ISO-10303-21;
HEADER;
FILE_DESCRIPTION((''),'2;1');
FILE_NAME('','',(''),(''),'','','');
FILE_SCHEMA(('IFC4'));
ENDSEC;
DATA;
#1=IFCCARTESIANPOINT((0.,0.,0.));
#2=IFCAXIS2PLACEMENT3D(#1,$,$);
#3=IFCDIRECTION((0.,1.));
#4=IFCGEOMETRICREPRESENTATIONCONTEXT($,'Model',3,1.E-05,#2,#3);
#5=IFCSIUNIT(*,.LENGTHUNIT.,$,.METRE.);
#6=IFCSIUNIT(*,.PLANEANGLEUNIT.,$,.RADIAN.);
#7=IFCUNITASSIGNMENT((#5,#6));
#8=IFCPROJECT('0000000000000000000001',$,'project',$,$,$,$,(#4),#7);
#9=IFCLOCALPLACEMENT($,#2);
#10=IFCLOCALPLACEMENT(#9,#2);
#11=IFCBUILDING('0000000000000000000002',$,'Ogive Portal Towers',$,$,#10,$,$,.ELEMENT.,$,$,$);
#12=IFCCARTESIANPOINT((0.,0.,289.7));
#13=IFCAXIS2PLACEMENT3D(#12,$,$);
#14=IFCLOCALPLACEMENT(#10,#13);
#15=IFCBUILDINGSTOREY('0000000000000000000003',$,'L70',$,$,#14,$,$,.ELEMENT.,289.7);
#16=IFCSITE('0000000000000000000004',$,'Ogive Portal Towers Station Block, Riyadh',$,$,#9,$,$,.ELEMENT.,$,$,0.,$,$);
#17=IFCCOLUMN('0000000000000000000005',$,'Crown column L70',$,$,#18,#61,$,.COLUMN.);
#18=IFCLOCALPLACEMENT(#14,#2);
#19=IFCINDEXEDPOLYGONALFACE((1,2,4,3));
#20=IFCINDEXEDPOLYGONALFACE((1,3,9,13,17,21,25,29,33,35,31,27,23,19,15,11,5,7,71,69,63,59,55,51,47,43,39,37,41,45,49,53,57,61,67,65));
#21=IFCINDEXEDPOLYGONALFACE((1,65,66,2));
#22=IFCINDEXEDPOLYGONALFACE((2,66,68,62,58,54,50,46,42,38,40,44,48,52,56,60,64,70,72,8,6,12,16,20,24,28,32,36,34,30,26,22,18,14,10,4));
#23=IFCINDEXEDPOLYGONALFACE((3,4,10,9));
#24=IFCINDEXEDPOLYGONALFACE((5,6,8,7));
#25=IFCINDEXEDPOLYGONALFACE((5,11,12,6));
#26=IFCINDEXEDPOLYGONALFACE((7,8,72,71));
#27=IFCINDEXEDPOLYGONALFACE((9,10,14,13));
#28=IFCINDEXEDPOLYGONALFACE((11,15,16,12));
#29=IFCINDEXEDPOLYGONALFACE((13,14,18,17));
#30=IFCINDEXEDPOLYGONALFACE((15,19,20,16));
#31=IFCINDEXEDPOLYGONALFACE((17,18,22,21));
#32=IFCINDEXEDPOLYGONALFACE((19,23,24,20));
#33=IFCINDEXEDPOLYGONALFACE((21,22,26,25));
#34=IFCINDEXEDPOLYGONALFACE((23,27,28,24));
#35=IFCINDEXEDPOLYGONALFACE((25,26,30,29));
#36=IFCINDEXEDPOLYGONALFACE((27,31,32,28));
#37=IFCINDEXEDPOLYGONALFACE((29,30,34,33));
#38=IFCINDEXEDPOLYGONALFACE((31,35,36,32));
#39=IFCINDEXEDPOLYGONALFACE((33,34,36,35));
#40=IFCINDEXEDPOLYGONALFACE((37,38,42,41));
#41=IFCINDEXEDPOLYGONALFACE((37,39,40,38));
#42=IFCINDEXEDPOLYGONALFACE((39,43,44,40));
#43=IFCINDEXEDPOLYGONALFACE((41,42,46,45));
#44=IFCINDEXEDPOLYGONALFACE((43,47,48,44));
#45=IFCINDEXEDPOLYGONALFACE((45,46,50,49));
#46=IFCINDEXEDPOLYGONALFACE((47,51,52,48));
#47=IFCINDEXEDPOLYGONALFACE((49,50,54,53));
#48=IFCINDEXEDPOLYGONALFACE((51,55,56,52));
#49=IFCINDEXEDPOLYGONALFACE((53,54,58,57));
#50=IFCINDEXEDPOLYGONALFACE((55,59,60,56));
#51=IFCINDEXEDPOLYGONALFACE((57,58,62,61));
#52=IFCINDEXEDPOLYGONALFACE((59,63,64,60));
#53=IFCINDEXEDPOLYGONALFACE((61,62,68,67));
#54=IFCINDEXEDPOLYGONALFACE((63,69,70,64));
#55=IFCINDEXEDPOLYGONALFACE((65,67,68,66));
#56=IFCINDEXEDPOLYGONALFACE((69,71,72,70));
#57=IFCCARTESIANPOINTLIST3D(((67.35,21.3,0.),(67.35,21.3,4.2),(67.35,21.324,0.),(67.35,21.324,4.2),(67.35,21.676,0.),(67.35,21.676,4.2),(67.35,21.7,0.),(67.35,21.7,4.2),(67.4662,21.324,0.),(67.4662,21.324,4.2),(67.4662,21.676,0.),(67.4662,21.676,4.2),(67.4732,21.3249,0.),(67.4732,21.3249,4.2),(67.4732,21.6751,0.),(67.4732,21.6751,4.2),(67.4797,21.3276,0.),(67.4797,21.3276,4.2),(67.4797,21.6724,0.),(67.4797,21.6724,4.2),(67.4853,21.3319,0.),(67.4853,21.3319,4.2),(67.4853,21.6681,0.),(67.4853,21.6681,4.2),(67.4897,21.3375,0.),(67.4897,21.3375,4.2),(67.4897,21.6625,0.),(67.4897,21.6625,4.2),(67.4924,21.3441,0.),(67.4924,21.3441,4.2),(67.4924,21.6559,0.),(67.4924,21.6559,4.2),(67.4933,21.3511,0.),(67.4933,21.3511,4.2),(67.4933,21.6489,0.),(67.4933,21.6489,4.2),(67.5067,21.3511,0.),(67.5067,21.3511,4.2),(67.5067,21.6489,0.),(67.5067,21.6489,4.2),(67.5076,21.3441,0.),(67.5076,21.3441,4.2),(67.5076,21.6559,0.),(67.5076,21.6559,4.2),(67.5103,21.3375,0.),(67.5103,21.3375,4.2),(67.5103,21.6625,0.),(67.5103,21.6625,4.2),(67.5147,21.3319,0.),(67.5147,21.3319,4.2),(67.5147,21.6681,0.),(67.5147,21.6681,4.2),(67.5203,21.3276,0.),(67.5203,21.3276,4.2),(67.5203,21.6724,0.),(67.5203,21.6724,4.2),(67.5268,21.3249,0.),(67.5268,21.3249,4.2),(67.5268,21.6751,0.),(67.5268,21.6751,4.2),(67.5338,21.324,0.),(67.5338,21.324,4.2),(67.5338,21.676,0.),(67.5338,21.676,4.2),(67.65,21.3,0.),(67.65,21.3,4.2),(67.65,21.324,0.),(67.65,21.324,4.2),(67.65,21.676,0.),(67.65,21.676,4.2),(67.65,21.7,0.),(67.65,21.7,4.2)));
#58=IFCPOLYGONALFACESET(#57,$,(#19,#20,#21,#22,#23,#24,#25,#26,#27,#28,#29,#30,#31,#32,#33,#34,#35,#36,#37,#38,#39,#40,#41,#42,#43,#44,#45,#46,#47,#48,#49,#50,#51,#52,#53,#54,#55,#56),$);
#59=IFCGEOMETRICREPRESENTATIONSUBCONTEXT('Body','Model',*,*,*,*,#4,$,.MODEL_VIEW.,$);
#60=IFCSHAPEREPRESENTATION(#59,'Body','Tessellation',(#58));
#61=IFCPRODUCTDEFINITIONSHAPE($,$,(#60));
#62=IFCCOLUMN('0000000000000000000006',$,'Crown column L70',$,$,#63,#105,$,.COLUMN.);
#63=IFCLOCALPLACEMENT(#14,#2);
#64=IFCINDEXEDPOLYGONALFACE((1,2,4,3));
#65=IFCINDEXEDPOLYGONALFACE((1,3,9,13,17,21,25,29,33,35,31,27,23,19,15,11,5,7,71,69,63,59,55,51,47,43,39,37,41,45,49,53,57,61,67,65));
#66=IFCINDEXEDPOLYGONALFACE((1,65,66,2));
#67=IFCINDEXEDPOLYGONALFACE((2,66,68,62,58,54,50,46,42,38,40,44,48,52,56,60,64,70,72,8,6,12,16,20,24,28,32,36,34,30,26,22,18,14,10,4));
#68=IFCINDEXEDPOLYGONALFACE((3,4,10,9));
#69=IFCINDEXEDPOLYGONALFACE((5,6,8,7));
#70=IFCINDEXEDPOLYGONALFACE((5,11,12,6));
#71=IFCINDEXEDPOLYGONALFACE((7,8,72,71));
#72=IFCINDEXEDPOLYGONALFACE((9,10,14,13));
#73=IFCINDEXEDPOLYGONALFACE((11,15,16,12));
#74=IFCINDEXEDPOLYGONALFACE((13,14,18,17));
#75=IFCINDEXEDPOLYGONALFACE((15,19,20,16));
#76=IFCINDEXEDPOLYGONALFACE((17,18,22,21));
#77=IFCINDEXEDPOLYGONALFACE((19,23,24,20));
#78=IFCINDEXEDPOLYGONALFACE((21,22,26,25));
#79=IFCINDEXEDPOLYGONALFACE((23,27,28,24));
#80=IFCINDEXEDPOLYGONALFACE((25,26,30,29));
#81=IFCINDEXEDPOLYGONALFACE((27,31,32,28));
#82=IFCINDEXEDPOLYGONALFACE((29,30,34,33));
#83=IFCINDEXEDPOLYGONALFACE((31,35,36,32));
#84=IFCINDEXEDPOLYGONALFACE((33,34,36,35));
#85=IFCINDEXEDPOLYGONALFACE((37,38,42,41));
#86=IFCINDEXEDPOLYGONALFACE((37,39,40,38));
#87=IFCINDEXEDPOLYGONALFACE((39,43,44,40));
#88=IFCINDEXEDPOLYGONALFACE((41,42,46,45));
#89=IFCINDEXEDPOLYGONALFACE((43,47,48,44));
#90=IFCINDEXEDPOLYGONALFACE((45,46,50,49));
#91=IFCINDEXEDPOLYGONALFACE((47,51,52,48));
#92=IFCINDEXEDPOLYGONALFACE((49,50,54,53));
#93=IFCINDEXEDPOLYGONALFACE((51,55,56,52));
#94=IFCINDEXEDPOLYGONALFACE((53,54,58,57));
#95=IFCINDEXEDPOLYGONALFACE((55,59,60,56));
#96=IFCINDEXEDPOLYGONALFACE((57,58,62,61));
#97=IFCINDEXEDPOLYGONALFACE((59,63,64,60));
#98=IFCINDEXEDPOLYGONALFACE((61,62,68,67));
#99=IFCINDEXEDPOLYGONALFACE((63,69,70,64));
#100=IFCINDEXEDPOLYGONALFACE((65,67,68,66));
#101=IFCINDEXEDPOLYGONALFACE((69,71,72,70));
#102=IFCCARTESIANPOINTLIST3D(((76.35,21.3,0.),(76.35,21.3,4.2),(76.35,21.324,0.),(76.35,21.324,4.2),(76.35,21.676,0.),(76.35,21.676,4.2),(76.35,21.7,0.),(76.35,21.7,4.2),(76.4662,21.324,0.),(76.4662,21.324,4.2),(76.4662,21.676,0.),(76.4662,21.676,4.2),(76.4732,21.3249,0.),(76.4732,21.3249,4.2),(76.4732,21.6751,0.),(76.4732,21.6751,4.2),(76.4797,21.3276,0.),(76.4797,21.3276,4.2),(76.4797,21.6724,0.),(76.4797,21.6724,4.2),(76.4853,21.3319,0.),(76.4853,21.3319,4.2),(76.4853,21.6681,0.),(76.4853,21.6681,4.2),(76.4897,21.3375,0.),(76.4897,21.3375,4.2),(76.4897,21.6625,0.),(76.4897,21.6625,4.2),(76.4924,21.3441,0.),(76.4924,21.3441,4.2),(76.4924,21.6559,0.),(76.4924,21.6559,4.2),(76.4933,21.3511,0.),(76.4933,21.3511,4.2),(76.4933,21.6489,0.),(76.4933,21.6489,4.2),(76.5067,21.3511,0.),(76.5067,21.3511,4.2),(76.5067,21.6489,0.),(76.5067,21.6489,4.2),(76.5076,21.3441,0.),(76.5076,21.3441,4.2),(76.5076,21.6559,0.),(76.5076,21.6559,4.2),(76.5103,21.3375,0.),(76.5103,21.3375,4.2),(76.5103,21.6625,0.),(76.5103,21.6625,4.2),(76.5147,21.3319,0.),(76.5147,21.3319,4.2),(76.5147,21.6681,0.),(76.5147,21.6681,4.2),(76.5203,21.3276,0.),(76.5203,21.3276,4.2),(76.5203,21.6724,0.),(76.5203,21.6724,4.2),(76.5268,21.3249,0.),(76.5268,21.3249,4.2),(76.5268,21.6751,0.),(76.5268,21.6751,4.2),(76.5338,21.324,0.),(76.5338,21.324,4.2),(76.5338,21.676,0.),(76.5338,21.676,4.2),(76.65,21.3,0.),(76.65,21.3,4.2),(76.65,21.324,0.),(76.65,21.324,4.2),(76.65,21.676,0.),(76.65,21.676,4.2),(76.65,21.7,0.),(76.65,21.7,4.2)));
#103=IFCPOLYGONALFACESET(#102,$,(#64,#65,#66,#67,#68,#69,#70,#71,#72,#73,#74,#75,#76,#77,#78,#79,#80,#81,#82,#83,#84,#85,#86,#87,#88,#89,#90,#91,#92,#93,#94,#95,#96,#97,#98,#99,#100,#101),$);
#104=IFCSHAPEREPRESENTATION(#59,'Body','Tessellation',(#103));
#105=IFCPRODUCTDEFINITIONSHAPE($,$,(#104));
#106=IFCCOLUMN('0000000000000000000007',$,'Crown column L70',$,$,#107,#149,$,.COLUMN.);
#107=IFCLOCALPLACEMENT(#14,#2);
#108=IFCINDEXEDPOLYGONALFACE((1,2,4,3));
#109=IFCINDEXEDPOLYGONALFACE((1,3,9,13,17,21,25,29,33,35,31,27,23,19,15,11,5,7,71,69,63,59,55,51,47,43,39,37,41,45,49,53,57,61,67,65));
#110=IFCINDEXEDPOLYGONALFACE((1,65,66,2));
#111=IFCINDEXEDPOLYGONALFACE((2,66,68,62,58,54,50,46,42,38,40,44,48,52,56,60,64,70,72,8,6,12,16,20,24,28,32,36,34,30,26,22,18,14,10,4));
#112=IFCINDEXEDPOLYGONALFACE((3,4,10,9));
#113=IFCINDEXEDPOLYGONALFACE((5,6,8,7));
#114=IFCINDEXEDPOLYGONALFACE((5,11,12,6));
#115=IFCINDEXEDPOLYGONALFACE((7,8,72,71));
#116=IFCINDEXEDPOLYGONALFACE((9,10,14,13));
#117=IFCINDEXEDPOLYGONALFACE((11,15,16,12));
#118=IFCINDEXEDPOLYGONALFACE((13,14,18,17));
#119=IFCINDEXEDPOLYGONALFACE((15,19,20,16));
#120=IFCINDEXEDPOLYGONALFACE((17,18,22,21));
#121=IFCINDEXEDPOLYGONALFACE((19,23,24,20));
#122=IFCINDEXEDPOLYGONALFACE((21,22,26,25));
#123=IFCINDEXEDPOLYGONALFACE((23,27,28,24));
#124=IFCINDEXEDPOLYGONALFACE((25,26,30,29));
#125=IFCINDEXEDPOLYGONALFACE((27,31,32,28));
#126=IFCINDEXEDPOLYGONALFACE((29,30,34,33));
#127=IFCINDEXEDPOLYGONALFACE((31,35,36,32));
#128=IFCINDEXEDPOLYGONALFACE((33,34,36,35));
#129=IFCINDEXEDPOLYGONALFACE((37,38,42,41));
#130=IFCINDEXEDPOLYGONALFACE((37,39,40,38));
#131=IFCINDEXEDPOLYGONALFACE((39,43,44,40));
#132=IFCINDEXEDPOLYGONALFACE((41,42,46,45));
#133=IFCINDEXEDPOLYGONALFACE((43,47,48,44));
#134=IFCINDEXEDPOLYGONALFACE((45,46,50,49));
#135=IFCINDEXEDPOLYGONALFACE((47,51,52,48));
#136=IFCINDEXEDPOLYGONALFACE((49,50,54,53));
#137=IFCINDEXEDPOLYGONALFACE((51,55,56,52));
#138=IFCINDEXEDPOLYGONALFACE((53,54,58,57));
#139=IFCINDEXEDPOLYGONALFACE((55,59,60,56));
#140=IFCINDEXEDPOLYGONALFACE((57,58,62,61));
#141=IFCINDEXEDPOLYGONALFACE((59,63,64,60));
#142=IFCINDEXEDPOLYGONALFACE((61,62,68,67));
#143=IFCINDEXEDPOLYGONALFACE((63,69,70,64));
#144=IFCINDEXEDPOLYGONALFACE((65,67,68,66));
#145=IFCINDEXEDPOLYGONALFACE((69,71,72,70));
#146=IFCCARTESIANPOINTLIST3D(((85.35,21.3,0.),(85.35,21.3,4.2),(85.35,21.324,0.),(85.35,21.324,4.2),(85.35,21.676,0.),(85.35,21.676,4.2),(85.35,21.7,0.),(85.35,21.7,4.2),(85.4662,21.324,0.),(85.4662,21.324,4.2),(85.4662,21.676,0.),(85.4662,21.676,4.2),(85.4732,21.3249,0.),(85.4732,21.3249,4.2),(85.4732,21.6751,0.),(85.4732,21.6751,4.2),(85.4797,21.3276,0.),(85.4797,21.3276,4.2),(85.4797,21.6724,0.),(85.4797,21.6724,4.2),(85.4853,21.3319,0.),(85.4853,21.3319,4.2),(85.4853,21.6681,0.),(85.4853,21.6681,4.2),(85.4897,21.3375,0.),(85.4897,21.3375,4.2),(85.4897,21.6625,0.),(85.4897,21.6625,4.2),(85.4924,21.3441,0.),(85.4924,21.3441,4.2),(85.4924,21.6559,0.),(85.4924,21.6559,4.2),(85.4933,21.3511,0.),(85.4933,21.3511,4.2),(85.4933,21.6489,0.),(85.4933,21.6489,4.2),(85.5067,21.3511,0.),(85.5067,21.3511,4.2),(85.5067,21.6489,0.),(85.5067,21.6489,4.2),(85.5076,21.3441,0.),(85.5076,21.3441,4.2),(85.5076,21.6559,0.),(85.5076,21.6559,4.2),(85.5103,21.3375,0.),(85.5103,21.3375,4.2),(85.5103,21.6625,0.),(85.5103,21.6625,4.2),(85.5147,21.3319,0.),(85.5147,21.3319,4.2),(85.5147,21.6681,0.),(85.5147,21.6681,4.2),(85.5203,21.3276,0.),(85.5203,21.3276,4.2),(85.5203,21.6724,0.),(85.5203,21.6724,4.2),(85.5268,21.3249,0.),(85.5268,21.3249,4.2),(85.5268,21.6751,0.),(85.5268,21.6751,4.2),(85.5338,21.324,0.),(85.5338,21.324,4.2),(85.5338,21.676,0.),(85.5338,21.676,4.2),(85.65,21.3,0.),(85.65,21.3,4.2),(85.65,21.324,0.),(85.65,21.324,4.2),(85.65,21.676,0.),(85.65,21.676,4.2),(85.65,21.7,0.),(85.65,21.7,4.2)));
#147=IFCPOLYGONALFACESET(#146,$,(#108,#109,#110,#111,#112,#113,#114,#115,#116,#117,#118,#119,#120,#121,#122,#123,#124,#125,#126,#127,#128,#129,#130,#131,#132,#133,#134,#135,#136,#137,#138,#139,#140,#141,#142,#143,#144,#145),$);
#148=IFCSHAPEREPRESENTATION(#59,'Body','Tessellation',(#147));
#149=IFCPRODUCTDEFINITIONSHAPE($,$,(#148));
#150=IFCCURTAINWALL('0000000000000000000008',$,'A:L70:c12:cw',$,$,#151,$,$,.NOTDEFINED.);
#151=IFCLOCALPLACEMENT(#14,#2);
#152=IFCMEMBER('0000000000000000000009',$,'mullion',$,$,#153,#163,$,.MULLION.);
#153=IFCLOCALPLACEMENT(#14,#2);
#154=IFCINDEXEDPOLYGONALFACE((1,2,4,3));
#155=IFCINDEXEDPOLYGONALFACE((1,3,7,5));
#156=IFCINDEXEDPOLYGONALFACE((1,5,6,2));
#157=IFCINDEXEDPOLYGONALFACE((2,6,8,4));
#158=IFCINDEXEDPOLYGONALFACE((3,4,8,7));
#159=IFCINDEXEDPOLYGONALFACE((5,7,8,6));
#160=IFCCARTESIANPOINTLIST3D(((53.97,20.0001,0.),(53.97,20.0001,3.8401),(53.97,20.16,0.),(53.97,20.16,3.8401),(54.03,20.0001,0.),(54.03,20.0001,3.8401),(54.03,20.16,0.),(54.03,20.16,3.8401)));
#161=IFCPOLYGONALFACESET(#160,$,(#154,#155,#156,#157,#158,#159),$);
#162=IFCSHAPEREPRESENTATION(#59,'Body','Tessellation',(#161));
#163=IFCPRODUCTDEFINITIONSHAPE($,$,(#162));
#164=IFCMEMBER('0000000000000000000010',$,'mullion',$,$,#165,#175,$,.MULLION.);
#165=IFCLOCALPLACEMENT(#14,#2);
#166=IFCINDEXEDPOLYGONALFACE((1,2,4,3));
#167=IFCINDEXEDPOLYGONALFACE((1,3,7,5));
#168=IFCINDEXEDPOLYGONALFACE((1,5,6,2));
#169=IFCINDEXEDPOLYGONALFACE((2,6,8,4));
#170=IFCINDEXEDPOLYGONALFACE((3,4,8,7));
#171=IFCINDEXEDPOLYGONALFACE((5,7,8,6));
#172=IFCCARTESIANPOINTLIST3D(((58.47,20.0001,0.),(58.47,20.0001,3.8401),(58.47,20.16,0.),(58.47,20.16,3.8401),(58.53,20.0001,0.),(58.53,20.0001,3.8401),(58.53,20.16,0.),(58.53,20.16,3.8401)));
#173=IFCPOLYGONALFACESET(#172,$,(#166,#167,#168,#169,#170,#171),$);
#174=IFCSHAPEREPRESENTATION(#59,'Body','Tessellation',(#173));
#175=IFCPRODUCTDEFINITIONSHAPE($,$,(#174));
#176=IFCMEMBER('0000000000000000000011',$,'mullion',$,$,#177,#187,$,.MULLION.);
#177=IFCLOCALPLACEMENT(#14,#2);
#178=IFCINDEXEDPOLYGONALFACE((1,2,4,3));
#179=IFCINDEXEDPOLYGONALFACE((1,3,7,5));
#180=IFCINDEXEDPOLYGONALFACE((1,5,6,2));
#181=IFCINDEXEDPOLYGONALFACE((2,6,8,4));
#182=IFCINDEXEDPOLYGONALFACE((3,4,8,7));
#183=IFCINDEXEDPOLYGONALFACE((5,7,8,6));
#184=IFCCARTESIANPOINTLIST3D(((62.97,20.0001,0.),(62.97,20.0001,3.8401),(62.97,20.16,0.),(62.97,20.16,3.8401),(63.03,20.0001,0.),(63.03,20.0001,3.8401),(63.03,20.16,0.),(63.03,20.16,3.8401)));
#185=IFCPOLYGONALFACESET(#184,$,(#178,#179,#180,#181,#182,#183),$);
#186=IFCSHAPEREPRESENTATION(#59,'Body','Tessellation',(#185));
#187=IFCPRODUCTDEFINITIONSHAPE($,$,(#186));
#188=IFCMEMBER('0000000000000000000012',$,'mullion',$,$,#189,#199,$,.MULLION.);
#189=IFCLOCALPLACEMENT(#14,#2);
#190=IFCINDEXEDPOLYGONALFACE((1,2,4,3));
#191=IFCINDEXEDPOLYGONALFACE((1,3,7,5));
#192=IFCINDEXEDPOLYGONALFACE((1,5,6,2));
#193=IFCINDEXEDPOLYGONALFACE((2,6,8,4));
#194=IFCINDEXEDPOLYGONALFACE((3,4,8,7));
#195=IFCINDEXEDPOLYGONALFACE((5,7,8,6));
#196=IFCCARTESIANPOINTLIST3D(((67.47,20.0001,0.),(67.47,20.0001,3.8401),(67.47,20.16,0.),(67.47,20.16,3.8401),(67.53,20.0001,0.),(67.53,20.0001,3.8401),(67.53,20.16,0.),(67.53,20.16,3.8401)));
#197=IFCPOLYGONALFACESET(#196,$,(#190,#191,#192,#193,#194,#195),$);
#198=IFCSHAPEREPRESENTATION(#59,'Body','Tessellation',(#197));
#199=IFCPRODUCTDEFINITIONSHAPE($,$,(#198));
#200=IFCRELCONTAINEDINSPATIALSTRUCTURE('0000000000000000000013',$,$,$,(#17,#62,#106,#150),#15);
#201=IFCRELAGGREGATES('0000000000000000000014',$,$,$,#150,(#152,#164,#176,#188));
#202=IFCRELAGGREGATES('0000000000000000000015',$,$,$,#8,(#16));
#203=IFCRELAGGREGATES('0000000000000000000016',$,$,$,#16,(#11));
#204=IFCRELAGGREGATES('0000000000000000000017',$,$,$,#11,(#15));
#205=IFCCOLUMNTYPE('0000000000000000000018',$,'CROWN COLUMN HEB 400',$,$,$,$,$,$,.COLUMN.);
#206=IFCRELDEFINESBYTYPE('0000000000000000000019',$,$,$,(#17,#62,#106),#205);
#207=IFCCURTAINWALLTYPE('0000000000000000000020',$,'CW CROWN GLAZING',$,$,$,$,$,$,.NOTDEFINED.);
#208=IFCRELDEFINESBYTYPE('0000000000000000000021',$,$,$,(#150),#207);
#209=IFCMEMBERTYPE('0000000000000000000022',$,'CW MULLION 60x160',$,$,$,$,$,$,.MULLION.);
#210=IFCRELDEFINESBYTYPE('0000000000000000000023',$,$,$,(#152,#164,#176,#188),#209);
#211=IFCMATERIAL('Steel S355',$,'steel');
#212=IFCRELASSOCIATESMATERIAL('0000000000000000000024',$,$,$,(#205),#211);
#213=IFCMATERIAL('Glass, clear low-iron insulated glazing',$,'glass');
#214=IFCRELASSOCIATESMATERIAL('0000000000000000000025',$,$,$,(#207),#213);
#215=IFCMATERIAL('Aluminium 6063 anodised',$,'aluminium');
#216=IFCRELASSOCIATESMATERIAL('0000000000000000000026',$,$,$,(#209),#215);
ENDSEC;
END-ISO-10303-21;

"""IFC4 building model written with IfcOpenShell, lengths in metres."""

from ifc_helpers import new_model, si_unit, direction, frame, origin, origin_2d, place, context, subcontext, project, spatial, rectangle, i_section, extrude, material, material_profile, profile_set, type_object, element, aggregate, save


model = new_model("IFC4")

# Units and contexts
model_context = context("Model", 3, precision=1e-05, world=origin(), true_north=direction((0.0, 1.0)))
body_context = subcontext(model_context, "Body", "Model", "MODEL_VIEW")
ifc_project = project(units=[si_unit("LENGTHUNIT", "METRE"), si_unit("PLANEANGLEUNIT", "RADIAN")], contexts=[model_context])

# Site, building, storey
site_placement = place(None, origin())
site = spatial("IfcSite", under=ifc_project, at=site_placement, Name="Ogive Portal Towers Station Block, Riyadh", CompositionType="ELEMENT", RefElevation=0.0)
building_placement = place(site_placement, origin())
building = spatial("IfcBuilding", under=site, at=building_placement, Name="Ogive Portal Towers", CompositionType="ELEMENT")
storey_placement = place(building_placement, frame((0.0, 0.0, 289.7)))
storey = spatial("IfcBuildingStorey", under=building, at=storey_placement, Name="L70", CompositionType="ELEMENT", Elevation=289.7)

# Columns
ifc_material_1 = material(Name="Steel S355", Category="steel")
ifc_material_profile_1 = material_profile(ifc_material_1, i_section(OverallWidth=0.3, OverallDepth=0.3999, WebThickness=0.0134, FlangeThickness=0.0239, FilletRadius=0.0271, at=origin_2d()), Name="HEB 400")
ifc_profile_set_1 = profile_set([ifc_material_profile_1], Name="Steel S355")
column_type = type_object("IfcColumnType", Name="CROWN COLUMN HEB 400", PredefinedType="COLUMN", material=ifc_profile_set_1)
for number, where, z_axis, x_axis, name in (
    (1, (67.5, 21.5, 0.0), (0.0, 0.0, 1.0), (1.0, 0.0, 0.0), "Crown column L70"),
    (2, (76.5, 21.5, 0.0), (0.0, 0.0, 1.0), (1.0, 0.0, 0.0), "Crown column L70"),
    (3, (85.5, 21.5, 0.0), (0.0, 0.0, 1.0), (1.0, 0.0, 0.0), "Crown column L70"),
):
    element("IfcColumn", number, at=place(storey_placement, frame(where, z_axis=z_axis, x_axis=x_axis)), inside=storey, type_object=column_type, Name=name, PredefinedType="COLUMN", context=body_context, shape_type="SweptSolid", body=[
        extrude(i_section(OverallWidth=0.3, OverallDepth=0.3999, WebThickness=0.0134, FlangeThickness=0.0239, FilletRadius=0.0271, at=origin_2d()), origin(), (0.0, 0.0, 1.0), 4.2),
    ])

# Curtain wall, members
ifc_material_2 = material(Name="Glass, clear low-iron insulated glazing", Category="glass")
curtain_wall_type = type_object("IfcCurtainWallType", Name="CW CROWN GLAZING", PredefinedType="NOTDEFINED", material=ifc_material_2)
curtain_wall_1_placement = place(storey_placement, origin())
curtain_wall_1 = element("IfcCurtainWall", 4, at=curtain_wall_1_placement, inside=storey, type_object=curtain_wall_type, Name="A:L70:c12:cw", PredefinedType="NOTDEFINED")
ifc_material_3 = material(Name="Aluminium 6063 anodised", Category="aluminium")
ifc_material_profile_2 = material_profile(ifc_material_3, rectangle(XDim=0.1599, YDim=0.0601, at=origin_2d()), Name="AL 60x160")
ifc_profile_set_2 = profile_set([ifc_material_profile_2], Name="Aluminium 6063 anodised")
member_type_1 = type_object("IfcMemberType", Name="CW MULLION 60x160", PredefinedType="MULLION", material=ifc_profile_set_2)
member_1_placement = place(storey_placement, frame((54.0, 20.0801, 0.0), z_axis=(0.0, 0.0, 1.0), x_axis=(0.0, 1.0, 0.0)))
member_1 = element("IfcMember", 5, at=member_1_placement, type_object=member_type_1, Name="mullion", PredefinedType="MULLION", context=body_context, shape_type="SweptSolid", body=[
    extrude(rectangle(XDim=0.1599, YDim=0.0601, at=origin_2d()), origin(), (0.0, 0.0, 1.0), 3.8401),
])
member_2_placement = place(storey_placement, frame((58.5, 20.0801, 0.0), z_axis=(0.0, 0.0, 1.0), x_axis=(0.0, 1.0, 0.0)))
member_2 = element("IfcMember", 6, at=member_2_placement, type_object=member_type_1, Name="mullion", PredefinedType="MULLION", context=body_context, shape_type="SweptSolid", body=[
    extrude(rectangle(XDim=0.1599, YDim=0.0601, at=origin_2d()), origin(), (0.0, 0.0, 1.0), 3.8401),
])
member_3_placement = place(storey_placement, frame((63.0, 20.0801, 0.0), z_axis=(0.0, 0.0, 1.0), x_axis=(0.0, 1.0, 0.0)))
member_3 = element("IfcMember", 7, at=member_3_placement, type_object=member_type_1, Name="mullion", PredefinedType="MULLION", context=body_context, shape_type="SweptSolid", body=[
    extrude(rectangle(XDim=0.1599, YDim=0.0601, at=origin_2d()), origin(), (0.0, 0.0, 1.0), 3.8401),
])
member_4_placement = place(storey_placement, frame((67.5, 20.0801, 0.0), z_axis=(0.0, 0.0, 1.0), x_axis=(0.0, 1.0, 0.0)))
member_4 = element("IfcMember", 8, at=member_4_placement, type_object=member_type_1, Name="mullion", PredefinedType="MULLION", context=body_context, shape_type="SweptSolid", body=[
    extrude(rectangle(XDim=0.1599, YDim=0.0601, at=origin_2d()), origin(), (0.0, 0.0, 1.0), 3.8401),
])

aggregate(curtain_wall_1, [member_1, member_2, member_3, member_4])

save(model, "model.ifc")
